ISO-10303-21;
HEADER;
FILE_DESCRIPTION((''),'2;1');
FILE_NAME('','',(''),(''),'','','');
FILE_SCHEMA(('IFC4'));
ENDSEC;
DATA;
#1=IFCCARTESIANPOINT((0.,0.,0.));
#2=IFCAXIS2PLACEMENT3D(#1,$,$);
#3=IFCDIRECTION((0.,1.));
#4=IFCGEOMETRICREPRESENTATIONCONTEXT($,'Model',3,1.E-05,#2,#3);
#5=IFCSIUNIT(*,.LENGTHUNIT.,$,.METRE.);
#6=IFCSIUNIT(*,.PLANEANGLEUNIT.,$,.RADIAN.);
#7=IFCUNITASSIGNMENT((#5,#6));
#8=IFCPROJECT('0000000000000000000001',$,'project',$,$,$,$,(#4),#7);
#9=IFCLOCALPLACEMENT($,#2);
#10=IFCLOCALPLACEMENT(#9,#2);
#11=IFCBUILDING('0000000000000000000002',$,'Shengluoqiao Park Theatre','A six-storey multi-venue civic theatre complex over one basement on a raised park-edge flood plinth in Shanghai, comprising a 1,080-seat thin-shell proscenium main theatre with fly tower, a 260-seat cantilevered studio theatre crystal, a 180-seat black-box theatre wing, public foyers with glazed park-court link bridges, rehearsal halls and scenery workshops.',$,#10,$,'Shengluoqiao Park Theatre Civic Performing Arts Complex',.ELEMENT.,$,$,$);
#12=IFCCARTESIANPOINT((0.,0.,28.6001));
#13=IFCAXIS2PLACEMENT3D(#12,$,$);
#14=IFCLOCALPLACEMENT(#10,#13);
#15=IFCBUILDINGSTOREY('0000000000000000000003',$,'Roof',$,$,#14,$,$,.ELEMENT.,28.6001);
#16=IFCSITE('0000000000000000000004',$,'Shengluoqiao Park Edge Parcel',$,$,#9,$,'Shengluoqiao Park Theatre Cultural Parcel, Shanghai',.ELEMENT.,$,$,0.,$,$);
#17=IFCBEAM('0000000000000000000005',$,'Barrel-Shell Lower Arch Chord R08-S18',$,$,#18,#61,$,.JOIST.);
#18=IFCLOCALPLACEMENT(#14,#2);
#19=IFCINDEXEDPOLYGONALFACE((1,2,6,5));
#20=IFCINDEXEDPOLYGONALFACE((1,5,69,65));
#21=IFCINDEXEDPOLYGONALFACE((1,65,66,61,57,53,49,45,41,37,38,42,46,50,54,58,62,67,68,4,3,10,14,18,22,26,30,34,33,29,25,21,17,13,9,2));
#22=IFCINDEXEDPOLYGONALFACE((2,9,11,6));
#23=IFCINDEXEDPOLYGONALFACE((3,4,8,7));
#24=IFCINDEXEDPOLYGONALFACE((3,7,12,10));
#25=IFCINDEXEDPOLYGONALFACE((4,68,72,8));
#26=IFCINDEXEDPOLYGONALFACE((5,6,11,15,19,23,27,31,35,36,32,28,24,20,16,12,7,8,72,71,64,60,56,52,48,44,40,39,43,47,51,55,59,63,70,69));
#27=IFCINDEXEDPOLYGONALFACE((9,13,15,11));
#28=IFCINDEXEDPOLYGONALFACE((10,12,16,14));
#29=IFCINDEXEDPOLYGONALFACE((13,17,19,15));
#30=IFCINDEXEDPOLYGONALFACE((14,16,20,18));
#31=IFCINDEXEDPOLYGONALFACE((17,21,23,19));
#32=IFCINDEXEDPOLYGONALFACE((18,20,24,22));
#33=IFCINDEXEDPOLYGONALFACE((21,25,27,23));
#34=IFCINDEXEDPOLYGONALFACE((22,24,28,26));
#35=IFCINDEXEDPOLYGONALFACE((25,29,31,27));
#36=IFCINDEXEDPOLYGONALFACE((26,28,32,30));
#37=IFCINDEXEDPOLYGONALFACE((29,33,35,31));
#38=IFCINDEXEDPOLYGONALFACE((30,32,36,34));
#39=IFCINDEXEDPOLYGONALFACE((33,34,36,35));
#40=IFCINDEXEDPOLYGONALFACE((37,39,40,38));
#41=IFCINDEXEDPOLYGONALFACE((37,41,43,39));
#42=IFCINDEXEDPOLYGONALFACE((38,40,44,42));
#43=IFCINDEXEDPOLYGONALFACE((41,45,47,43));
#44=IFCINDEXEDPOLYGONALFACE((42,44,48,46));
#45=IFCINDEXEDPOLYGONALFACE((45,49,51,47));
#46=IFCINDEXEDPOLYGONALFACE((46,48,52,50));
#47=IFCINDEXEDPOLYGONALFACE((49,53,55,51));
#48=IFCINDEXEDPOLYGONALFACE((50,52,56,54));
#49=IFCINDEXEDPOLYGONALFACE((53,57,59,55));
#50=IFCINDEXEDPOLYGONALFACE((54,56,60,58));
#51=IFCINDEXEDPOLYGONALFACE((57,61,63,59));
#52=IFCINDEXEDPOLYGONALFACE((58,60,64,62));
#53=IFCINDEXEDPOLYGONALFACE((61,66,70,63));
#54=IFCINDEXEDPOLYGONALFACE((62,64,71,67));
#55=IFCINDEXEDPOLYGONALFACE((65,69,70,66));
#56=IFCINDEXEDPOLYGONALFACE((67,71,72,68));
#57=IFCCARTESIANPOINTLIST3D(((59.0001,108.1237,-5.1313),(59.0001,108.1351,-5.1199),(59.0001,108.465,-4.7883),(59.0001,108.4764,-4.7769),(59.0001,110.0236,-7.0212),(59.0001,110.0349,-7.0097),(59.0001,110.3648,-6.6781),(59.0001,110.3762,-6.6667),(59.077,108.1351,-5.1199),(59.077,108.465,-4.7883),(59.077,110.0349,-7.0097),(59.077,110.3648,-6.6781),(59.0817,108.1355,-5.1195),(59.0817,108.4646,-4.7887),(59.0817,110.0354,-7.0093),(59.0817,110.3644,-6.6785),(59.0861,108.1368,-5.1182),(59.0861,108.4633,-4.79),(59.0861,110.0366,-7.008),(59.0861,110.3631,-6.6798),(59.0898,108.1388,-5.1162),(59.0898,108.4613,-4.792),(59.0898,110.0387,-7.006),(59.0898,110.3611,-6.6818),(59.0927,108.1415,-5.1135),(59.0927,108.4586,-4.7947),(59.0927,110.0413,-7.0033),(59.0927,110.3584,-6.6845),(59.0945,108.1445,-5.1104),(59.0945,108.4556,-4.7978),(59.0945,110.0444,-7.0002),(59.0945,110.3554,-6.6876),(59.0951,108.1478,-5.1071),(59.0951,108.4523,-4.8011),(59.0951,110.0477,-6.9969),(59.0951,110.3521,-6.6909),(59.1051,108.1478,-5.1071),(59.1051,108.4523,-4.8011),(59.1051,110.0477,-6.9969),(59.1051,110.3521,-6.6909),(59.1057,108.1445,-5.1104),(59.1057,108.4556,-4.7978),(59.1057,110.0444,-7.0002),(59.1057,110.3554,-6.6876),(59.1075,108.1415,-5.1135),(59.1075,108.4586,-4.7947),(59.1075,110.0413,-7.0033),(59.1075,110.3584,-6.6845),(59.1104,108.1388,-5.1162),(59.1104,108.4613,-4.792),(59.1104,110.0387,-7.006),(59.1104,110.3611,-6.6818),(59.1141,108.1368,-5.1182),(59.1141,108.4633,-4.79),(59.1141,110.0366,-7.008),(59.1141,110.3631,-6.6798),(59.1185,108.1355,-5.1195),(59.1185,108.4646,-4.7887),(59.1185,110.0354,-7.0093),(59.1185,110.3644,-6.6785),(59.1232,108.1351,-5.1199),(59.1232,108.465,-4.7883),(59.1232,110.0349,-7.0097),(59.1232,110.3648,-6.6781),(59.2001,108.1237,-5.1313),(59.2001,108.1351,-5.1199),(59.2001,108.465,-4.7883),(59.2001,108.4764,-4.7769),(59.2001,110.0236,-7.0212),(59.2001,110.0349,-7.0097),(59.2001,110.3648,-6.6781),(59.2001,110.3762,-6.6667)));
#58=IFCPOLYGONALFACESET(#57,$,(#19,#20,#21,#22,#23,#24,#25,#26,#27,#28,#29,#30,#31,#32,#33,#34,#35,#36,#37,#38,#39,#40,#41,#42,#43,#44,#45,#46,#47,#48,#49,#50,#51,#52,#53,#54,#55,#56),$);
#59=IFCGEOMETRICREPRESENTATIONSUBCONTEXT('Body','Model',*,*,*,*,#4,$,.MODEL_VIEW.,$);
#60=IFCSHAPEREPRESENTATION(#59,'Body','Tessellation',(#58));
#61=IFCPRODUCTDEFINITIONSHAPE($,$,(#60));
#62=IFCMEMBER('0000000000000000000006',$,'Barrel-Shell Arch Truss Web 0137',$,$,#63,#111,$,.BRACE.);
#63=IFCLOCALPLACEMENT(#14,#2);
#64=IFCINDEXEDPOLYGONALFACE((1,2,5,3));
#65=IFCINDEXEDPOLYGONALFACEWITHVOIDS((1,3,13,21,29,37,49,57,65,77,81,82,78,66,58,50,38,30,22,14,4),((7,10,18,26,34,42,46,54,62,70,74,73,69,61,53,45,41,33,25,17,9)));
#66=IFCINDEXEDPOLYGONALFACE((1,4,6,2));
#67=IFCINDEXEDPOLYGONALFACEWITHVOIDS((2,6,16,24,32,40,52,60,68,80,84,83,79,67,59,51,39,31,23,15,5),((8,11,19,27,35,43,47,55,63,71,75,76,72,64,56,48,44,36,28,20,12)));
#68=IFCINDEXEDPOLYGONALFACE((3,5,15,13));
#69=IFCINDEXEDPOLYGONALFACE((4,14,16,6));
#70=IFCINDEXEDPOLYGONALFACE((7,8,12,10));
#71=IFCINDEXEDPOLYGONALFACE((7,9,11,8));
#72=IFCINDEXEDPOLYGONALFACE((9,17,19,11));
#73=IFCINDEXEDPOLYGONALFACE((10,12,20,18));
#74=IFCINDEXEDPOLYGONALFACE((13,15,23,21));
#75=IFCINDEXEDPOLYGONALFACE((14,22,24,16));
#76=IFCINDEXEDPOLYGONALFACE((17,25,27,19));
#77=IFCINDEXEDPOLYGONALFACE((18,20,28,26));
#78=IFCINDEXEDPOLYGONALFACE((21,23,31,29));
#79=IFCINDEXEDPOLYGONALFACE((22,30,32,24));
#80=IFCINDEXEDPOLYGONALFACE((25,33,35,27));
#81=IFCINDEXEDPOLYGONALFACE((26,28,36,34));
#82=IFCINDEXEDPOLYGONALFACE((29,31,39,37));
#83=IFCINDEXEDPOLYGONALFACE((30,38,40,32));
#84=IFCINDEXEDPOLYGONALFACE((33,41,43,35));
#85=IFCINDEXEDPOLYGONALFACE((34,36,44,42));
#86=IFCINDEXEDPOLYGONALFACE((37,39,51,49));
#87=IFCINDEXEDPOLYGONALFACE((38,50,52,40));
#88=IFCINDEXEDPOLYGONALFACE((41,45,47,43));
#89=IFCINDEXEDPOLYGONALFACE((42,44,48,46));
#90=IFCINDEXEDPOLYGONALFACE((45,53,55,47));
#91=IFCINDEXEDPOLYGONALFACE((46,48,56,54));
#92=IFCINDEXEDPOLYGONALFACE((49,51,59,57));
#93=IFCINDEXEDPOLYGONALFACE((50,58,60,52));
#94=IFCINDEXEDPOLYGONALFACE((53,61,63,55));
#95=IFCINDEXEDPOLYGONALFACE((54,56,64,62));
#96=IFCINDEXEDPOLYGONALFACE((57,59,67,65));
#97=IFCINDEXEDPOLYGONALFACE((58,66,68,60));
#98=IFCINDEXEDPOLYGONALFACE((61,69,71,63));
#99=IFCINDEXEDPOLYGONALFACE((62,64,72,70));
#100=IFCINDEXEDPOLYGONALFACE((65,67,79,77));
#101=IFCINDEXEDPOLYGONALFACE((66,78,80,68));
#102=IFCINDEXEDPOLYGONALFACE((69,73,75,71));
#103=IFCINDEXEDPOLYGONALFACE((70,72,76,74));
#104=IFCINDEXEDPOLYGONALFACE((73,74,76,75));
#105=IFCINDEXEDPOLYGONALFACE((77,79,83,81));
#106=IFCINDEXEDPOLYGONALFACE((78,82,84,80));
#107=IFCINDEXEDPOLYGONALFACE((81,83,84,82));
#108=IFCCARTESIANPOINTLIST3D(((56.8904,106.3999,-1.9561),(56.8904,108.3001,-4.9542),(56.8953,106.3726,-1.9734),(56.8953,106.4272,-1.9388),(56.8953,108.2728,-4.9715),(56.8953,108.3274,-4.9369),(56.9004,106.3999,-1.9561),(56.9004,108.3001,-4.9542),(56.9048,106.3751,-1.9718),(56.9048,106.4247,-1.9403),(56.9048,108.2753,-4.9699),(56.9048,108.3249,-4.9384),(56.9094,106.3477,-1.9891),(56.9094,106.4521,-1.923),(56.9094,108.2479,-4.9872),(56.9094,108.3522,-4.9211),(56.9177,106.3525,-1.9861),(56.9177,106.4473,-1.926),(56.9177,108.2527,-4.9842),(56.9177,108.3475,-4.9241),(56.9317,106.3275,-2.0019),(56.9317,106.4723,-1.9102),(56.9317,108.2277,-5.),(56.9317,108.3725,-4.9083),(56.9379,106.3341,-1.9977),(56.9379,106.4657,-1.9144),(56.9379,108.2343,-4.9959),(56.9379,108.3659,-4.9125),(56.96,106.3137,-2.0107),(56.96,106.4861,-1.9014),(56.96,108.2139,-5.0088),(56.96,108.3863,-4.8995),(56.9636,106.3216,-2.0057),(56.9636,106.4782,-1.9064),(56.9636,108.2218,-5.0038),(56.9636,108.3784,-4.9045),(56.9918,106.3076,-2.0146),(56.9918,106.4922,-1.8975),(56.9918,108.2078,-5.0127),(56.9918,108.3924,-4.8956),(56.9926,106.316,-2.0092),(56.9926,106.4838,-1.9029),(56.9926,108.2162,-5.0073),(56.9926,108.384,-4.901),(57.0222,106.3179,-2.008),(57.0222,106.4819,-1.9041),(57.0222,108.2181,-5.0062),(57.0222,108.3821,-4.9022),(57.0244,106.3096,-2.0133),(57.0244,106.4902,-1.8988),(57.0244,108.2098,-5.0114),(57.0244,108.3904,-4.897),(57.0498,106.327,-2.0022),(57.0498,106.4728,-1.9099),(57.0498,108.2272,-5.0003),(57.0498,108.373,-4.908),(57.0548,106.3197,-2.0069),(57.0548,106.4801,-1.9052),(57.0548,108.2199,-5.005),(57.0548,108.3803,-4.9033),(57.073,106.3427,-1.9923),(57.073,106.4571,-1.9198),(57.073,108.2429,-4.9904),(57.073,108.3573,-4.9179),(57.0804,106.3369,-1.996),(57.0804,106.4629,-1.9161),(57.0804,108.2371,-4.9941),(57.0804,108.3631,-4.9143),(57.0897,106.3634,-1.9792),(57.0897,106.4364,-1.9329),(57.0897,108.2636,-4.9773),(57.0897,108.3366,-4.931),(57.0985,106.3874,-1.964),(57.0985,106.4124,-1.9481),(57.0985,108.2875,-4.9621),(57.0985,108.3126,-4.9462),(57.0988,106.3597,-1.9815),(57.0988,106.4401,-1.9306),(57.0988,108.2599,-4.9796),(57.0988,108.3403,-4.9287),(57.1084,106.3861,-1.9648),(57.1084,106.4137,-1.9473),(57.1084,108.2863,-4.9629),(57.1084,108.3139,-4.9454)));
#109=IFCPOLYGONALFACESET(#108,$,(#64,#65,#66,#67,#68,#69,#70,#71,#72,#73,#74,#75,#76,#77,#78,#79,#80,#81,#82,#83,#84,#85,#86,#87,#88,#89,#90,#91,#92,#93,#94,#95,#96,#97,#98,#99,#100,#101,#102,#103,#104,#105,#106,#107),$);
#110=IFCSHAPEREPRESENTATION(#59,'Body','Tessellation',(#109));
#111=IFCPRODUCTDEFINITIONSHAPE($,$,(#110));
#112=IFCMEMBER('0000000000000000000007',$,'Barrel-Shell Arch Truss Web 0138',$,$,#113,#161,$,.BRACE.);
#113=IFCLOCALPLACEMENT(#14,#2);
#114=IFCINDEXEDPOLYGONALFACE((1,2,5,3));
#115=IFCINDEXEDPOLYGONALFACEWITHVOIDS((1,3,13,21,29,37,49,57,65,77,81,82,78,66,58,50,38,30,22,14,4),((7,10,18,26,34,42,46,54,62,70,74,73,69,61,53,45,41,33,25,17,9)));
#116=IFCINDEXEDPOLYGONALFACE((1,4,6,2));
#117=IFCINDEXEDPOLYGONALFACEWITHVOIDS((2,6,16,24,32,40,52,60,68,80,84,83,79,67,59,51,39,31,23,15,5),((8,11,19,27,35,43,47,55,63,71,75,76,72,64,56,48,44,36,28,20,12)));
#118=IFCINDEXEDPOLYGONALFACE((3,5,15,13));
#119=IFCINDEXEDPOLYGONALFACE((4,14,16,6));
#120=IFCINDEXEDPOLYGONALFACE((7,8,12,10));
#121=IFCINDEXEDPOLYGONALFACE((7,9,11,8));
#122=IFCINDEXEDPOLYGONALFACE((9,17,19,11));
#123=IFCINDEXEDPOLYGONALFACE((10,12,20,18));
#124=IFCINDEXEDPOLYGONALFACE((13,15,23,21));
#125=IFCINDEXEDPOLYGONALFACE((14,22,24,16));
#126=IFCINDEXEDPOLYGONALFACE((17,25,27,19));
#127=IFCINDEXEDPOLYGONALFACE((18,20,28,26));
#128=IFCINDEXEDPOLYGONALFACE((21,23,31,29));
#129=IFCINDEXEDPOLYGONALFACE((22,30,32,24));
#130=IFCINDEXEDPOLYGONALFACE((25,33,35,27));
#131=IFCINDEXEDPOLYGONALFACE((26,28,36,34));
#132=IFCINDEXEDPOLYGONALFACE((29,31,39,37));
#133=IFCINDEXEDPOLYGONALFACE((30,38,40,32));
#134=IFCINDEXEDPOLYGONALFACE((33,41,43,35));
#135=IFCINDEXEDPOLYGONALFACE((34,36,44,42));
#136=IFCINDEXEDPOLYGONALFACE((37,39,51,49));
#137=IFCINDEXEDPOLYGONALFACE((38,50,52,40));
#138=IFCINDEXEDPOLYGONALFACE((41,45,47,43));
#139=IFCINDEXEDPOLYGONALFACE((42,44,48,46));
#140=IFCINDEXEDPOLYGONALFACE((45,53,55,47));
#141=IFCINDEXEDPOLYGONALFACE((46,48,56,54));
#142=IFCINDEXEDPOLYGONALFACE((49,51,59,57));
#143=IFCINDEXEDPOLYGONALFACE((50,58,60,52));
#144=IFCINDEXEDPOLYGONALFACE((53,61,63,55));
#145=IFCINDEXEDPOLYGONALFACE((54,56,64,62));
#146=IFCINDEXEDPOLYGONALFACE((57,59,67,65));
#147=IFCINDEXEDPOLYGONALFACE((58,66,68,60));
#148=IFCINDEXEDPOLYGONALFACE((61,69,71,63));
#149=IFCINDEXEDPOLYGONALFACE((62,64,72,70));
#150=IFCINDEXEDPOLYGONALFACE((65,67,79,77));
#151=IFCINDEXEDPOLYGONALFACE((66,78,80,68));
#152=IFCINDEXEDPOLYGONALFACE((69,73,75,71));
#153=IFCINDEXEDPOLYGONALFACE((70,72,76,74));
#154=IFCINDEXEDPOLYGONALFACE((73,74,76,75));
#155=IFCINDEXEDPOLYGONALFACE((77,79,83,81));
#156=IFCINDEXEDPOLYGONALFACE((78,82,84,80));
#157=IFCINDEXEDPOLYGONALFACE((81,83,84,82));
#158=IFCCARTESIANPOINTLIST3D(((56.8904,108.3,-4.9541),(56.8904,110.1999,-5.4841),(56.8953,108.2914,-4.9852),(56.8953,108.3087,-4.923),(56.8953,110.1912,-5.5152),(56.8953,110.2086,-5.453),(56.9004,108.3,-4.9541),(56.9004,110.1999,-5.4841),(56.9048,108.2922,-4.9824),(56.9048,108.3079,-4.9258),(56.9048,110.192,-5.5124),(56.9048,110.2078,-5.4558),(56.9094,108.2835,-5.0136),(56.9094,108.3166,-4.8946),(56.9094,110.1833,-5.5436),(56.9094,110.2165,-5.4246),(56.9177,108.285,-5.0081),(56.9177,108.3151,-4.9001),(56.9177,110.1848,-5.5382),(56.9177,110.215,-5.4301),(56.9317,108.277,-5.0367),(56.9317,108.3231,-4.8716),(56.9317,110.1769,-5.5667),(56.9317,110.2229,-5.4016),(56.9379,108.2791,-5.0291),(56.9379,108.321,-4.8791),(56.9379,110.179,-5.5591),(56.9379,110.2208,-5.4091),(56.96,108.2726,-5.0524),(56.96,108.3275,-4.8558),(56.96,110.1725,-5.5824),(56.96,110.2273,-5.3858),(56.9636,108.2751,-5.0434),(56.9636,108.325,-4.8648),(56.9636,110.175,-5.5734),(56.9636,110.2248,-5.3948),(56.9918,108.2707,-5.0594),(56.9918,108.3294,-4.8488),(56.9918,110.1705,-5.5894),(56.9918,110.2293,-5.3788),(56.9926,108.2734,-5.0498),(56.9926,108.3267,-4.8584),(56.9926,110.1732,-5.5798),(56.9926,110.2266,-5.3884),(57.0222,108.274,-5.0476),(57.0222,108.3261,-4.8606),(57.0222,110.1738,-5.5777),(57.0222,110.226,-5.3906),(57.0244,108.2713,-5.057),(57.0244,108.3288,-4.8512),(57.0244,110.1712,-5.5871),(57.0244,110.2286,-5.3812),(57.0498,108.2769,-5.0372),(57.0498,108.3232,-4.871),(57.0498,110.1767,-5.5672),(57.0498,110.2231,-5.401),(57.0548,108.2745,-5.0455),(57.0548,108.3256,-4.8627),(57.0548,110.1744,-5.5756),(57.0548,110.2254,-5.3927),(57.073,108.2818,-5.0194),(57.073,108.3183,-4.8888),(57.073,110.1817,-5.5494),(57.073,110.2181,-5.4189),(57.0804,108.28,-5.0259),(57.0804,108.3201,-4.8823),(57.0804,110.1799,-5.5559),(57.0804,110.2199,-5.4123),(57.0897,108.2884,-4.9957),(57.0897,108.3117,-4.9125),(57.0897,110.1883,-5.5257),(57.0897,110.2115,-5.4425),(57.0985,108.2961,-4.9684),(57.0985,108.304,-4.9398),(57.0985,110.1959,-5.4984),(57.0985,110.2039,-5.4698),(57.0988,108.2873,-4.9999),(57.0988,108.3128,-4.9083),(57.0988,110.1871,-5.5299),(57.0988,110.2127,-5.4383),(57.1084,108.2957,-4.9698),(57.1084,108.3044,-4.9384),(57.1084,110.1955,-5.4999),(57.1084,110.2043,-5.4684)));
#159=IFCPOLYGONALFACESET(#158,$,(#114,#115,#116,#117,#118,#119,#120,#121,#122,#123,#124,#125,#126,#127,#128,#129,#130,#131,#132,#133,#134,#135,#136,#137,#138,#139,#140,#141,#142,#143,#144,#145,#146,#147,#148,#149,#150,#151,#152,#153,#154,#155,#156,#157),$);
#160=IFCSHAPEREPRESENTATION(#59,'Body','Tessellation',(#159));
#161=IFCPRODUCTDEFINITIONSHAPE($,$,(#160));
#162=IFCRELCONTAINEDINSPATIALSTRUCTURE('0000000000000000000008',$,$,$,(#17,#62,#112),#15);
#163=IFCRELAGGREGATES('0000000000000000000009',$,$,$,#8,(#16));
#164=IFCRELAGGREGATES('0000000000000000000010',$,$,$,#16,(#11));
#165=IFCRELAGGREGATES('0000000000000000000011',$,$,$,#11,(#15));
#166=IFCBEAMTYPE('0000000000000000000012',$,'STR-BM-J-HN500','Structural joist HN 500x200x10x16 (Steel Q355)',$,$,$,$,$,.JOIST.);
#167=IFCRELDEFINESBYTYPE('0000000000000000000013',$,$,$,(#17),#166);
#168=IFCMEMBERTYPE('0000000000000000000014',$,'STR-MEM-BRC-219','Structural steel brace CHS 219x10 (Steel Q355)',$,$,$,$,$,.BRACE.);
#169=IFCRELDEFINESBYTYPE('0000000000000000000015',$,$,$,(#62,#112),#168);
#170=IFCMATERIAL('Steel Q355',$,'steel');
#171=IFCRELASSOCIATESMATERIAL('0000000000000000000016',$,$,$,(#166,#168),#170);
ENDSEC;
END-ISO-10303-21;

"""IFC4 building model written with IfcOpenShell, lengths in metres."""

from ifc_helpers import new_model, si_unit, direction, frame, origin, origin_2d, place, context, subcontext, project, spatial, hollow_circle, i_section, extrude, material, material_profile, profile_set, type_object, element, save


model = new_model("IFC4")

# Units and contexts
model_context = context("Model", 3, precision=1e-05, world=origin(), true_north=direction((0.0, 1.0)))
body_context = subcontext(model_context, "Body", "Model", "MODEL_VIEW")
ifc_project = project(units=[si_unit("LENGTHUNIT", "METRE"), si_unit("PLANEANGLEUNIT", "RADIAN")], contexts=[model_context])

# Site, building, storey
site_placement = place(None, origin())
site = spatial("IfcSite", under=ifc_project, at=site_placement, Name="Shengluoqiao Park Edge Parcel", LongName="Shengluoqiao Park Theatre Cultural Parcel, Shanghai", CompositionType="ELEMENT", RefElevation=0.0)
building_placement = place(site_placement, origin())
building = spatial("IfcBuilding", under=site, at=building_placement, Name="Shengluoqiao Park Theatre", Description="A six-storey multi-venue civic theatre complex over one basement on a raised park-edge flood plinth in Shanghai, comprising a 1,080-seat thin-shell proscenium main theatre with fly tower, a 260-seat cantilevered studio theatre crystal, a 180-seat black-box theatre wing, public foyers with glazed park-court link bridges, rehearsal halls and scenery workshops.", LongName="Shengluoqiao Park Theatre Civic Performing Arts Complex", CompositionType="ELEMENT")
storey_placement = place(building_placement, frame((0.0, 0.0, 28.6001)))
storey = spatial("IfcBuildingStorey", under=building, at=storey_placement, Name="Roof", CompositionType="ELEMENT", Elevation=28.6001)

# Beam
ifc_material_1 = material(Name="Steel Q355", Category="steel")
ifc_material_profile_1 = material_profile(ifc_material_1, i_section(OverallWidth=0.2, OverallDepth=0.5, WebThickness=0.01, FlangeThickness=0.0161, FilletRadius=0.0181, at=origin_2d()), Name="HN 500x200x10x16")
ifc_profile_set_1 = profile_set([ifc_material_profile_1], Name="Steel Q355")
beam_type_1 = type_object("IfcBeamType", Name="STR-BM-J-HN500", Description="Structural joist HN 500x200x10x16 (Steel Q355)", PredefinedType="JOIST", material=ifc_profile_set_1)
beam_1_placement = place(storey_placement, frame((59.1001, 108.3, -4.9541), z_axis=(0.0, 0.708972, -0.705237), x_axis=(-1.0, 0.0, 0.0)))
element("IfcBeam", 1, at=beam_1_placement, inside=storey, type_object=beam_type_1, Name="Barrel-Shell Lower Arch Chord R08-S18", PredefinedType="JOIST", context=body_context, shape_type="SweptSolid", body=[
    extrude(i_section(OverallWidth=0.2, OverallDepth=0.5, WebThickness=0.01, FlangeThickness=0.0161, FilletRadius=0.0181, at=origin_2d()), origin(), (0.0, 0.0, 1.0), 2.6797),
])

# Members
ifc_material_profile_2 = material_profile(ifc_material_1, hollow_circle(Radius=0.1096, WallThickness=0.01, at=origin_2d()), Name="CHS 219x10")
ifc_profile_set_2 = profile_set([ifc_material_profile_2], Name="Steel Q355")
member_type_1 = type_object("IfcMemberType", Name="STR-MEM-BRC-219", Description="Structural steel brace CHS 219x10 (Steel Q355)", PredefinedType="BRACE", material=ifc_profile_set_2)
member_1_placement = place(storey_placement, frame((57.0, 106.3999, -1.9561), z_axis=(0.0, 0.53533, -0.844643), x_axis=(-1.0, 0.0, 0.0)))
element("IfcMember", 2, at=member_1_placement, inside=storey, type_object=member_type_1, Name="Barrel-Shell Arch Truss Web 0137", PredefinedType="BRACE", context=body_context, shape_type="SweptSolid", body=[
    extrude(hollow_circle(Radius=0.1096, WallThickness=0.01, at=origin_2d()), origin(), (0.0, 0.0, 1.0), 3.5496),
])
member_2_placement = place(storey_placement, frame((57.0, 108.3, -4.9541), z_axis=(0.0, 0.963219, -0.268716), x_axis=(-1.0, 0.0, 0.0)))
element("IfcMember", 3, at=member_2_placement, inside=storey, type_object=member_type_1, Name="Barrel-Shell Arch Truss Web 0138", PredefinedType="BRACE", context=body_context, shape_type="SweptSolid", body=[
    extrude(hollow_circle(Radius=0.1096, WallThickness=0.01, at=origin_2d()), origin(), (0.0, 0.0, 1.0), 1.9724),
])

save(model, "model.ifc")
